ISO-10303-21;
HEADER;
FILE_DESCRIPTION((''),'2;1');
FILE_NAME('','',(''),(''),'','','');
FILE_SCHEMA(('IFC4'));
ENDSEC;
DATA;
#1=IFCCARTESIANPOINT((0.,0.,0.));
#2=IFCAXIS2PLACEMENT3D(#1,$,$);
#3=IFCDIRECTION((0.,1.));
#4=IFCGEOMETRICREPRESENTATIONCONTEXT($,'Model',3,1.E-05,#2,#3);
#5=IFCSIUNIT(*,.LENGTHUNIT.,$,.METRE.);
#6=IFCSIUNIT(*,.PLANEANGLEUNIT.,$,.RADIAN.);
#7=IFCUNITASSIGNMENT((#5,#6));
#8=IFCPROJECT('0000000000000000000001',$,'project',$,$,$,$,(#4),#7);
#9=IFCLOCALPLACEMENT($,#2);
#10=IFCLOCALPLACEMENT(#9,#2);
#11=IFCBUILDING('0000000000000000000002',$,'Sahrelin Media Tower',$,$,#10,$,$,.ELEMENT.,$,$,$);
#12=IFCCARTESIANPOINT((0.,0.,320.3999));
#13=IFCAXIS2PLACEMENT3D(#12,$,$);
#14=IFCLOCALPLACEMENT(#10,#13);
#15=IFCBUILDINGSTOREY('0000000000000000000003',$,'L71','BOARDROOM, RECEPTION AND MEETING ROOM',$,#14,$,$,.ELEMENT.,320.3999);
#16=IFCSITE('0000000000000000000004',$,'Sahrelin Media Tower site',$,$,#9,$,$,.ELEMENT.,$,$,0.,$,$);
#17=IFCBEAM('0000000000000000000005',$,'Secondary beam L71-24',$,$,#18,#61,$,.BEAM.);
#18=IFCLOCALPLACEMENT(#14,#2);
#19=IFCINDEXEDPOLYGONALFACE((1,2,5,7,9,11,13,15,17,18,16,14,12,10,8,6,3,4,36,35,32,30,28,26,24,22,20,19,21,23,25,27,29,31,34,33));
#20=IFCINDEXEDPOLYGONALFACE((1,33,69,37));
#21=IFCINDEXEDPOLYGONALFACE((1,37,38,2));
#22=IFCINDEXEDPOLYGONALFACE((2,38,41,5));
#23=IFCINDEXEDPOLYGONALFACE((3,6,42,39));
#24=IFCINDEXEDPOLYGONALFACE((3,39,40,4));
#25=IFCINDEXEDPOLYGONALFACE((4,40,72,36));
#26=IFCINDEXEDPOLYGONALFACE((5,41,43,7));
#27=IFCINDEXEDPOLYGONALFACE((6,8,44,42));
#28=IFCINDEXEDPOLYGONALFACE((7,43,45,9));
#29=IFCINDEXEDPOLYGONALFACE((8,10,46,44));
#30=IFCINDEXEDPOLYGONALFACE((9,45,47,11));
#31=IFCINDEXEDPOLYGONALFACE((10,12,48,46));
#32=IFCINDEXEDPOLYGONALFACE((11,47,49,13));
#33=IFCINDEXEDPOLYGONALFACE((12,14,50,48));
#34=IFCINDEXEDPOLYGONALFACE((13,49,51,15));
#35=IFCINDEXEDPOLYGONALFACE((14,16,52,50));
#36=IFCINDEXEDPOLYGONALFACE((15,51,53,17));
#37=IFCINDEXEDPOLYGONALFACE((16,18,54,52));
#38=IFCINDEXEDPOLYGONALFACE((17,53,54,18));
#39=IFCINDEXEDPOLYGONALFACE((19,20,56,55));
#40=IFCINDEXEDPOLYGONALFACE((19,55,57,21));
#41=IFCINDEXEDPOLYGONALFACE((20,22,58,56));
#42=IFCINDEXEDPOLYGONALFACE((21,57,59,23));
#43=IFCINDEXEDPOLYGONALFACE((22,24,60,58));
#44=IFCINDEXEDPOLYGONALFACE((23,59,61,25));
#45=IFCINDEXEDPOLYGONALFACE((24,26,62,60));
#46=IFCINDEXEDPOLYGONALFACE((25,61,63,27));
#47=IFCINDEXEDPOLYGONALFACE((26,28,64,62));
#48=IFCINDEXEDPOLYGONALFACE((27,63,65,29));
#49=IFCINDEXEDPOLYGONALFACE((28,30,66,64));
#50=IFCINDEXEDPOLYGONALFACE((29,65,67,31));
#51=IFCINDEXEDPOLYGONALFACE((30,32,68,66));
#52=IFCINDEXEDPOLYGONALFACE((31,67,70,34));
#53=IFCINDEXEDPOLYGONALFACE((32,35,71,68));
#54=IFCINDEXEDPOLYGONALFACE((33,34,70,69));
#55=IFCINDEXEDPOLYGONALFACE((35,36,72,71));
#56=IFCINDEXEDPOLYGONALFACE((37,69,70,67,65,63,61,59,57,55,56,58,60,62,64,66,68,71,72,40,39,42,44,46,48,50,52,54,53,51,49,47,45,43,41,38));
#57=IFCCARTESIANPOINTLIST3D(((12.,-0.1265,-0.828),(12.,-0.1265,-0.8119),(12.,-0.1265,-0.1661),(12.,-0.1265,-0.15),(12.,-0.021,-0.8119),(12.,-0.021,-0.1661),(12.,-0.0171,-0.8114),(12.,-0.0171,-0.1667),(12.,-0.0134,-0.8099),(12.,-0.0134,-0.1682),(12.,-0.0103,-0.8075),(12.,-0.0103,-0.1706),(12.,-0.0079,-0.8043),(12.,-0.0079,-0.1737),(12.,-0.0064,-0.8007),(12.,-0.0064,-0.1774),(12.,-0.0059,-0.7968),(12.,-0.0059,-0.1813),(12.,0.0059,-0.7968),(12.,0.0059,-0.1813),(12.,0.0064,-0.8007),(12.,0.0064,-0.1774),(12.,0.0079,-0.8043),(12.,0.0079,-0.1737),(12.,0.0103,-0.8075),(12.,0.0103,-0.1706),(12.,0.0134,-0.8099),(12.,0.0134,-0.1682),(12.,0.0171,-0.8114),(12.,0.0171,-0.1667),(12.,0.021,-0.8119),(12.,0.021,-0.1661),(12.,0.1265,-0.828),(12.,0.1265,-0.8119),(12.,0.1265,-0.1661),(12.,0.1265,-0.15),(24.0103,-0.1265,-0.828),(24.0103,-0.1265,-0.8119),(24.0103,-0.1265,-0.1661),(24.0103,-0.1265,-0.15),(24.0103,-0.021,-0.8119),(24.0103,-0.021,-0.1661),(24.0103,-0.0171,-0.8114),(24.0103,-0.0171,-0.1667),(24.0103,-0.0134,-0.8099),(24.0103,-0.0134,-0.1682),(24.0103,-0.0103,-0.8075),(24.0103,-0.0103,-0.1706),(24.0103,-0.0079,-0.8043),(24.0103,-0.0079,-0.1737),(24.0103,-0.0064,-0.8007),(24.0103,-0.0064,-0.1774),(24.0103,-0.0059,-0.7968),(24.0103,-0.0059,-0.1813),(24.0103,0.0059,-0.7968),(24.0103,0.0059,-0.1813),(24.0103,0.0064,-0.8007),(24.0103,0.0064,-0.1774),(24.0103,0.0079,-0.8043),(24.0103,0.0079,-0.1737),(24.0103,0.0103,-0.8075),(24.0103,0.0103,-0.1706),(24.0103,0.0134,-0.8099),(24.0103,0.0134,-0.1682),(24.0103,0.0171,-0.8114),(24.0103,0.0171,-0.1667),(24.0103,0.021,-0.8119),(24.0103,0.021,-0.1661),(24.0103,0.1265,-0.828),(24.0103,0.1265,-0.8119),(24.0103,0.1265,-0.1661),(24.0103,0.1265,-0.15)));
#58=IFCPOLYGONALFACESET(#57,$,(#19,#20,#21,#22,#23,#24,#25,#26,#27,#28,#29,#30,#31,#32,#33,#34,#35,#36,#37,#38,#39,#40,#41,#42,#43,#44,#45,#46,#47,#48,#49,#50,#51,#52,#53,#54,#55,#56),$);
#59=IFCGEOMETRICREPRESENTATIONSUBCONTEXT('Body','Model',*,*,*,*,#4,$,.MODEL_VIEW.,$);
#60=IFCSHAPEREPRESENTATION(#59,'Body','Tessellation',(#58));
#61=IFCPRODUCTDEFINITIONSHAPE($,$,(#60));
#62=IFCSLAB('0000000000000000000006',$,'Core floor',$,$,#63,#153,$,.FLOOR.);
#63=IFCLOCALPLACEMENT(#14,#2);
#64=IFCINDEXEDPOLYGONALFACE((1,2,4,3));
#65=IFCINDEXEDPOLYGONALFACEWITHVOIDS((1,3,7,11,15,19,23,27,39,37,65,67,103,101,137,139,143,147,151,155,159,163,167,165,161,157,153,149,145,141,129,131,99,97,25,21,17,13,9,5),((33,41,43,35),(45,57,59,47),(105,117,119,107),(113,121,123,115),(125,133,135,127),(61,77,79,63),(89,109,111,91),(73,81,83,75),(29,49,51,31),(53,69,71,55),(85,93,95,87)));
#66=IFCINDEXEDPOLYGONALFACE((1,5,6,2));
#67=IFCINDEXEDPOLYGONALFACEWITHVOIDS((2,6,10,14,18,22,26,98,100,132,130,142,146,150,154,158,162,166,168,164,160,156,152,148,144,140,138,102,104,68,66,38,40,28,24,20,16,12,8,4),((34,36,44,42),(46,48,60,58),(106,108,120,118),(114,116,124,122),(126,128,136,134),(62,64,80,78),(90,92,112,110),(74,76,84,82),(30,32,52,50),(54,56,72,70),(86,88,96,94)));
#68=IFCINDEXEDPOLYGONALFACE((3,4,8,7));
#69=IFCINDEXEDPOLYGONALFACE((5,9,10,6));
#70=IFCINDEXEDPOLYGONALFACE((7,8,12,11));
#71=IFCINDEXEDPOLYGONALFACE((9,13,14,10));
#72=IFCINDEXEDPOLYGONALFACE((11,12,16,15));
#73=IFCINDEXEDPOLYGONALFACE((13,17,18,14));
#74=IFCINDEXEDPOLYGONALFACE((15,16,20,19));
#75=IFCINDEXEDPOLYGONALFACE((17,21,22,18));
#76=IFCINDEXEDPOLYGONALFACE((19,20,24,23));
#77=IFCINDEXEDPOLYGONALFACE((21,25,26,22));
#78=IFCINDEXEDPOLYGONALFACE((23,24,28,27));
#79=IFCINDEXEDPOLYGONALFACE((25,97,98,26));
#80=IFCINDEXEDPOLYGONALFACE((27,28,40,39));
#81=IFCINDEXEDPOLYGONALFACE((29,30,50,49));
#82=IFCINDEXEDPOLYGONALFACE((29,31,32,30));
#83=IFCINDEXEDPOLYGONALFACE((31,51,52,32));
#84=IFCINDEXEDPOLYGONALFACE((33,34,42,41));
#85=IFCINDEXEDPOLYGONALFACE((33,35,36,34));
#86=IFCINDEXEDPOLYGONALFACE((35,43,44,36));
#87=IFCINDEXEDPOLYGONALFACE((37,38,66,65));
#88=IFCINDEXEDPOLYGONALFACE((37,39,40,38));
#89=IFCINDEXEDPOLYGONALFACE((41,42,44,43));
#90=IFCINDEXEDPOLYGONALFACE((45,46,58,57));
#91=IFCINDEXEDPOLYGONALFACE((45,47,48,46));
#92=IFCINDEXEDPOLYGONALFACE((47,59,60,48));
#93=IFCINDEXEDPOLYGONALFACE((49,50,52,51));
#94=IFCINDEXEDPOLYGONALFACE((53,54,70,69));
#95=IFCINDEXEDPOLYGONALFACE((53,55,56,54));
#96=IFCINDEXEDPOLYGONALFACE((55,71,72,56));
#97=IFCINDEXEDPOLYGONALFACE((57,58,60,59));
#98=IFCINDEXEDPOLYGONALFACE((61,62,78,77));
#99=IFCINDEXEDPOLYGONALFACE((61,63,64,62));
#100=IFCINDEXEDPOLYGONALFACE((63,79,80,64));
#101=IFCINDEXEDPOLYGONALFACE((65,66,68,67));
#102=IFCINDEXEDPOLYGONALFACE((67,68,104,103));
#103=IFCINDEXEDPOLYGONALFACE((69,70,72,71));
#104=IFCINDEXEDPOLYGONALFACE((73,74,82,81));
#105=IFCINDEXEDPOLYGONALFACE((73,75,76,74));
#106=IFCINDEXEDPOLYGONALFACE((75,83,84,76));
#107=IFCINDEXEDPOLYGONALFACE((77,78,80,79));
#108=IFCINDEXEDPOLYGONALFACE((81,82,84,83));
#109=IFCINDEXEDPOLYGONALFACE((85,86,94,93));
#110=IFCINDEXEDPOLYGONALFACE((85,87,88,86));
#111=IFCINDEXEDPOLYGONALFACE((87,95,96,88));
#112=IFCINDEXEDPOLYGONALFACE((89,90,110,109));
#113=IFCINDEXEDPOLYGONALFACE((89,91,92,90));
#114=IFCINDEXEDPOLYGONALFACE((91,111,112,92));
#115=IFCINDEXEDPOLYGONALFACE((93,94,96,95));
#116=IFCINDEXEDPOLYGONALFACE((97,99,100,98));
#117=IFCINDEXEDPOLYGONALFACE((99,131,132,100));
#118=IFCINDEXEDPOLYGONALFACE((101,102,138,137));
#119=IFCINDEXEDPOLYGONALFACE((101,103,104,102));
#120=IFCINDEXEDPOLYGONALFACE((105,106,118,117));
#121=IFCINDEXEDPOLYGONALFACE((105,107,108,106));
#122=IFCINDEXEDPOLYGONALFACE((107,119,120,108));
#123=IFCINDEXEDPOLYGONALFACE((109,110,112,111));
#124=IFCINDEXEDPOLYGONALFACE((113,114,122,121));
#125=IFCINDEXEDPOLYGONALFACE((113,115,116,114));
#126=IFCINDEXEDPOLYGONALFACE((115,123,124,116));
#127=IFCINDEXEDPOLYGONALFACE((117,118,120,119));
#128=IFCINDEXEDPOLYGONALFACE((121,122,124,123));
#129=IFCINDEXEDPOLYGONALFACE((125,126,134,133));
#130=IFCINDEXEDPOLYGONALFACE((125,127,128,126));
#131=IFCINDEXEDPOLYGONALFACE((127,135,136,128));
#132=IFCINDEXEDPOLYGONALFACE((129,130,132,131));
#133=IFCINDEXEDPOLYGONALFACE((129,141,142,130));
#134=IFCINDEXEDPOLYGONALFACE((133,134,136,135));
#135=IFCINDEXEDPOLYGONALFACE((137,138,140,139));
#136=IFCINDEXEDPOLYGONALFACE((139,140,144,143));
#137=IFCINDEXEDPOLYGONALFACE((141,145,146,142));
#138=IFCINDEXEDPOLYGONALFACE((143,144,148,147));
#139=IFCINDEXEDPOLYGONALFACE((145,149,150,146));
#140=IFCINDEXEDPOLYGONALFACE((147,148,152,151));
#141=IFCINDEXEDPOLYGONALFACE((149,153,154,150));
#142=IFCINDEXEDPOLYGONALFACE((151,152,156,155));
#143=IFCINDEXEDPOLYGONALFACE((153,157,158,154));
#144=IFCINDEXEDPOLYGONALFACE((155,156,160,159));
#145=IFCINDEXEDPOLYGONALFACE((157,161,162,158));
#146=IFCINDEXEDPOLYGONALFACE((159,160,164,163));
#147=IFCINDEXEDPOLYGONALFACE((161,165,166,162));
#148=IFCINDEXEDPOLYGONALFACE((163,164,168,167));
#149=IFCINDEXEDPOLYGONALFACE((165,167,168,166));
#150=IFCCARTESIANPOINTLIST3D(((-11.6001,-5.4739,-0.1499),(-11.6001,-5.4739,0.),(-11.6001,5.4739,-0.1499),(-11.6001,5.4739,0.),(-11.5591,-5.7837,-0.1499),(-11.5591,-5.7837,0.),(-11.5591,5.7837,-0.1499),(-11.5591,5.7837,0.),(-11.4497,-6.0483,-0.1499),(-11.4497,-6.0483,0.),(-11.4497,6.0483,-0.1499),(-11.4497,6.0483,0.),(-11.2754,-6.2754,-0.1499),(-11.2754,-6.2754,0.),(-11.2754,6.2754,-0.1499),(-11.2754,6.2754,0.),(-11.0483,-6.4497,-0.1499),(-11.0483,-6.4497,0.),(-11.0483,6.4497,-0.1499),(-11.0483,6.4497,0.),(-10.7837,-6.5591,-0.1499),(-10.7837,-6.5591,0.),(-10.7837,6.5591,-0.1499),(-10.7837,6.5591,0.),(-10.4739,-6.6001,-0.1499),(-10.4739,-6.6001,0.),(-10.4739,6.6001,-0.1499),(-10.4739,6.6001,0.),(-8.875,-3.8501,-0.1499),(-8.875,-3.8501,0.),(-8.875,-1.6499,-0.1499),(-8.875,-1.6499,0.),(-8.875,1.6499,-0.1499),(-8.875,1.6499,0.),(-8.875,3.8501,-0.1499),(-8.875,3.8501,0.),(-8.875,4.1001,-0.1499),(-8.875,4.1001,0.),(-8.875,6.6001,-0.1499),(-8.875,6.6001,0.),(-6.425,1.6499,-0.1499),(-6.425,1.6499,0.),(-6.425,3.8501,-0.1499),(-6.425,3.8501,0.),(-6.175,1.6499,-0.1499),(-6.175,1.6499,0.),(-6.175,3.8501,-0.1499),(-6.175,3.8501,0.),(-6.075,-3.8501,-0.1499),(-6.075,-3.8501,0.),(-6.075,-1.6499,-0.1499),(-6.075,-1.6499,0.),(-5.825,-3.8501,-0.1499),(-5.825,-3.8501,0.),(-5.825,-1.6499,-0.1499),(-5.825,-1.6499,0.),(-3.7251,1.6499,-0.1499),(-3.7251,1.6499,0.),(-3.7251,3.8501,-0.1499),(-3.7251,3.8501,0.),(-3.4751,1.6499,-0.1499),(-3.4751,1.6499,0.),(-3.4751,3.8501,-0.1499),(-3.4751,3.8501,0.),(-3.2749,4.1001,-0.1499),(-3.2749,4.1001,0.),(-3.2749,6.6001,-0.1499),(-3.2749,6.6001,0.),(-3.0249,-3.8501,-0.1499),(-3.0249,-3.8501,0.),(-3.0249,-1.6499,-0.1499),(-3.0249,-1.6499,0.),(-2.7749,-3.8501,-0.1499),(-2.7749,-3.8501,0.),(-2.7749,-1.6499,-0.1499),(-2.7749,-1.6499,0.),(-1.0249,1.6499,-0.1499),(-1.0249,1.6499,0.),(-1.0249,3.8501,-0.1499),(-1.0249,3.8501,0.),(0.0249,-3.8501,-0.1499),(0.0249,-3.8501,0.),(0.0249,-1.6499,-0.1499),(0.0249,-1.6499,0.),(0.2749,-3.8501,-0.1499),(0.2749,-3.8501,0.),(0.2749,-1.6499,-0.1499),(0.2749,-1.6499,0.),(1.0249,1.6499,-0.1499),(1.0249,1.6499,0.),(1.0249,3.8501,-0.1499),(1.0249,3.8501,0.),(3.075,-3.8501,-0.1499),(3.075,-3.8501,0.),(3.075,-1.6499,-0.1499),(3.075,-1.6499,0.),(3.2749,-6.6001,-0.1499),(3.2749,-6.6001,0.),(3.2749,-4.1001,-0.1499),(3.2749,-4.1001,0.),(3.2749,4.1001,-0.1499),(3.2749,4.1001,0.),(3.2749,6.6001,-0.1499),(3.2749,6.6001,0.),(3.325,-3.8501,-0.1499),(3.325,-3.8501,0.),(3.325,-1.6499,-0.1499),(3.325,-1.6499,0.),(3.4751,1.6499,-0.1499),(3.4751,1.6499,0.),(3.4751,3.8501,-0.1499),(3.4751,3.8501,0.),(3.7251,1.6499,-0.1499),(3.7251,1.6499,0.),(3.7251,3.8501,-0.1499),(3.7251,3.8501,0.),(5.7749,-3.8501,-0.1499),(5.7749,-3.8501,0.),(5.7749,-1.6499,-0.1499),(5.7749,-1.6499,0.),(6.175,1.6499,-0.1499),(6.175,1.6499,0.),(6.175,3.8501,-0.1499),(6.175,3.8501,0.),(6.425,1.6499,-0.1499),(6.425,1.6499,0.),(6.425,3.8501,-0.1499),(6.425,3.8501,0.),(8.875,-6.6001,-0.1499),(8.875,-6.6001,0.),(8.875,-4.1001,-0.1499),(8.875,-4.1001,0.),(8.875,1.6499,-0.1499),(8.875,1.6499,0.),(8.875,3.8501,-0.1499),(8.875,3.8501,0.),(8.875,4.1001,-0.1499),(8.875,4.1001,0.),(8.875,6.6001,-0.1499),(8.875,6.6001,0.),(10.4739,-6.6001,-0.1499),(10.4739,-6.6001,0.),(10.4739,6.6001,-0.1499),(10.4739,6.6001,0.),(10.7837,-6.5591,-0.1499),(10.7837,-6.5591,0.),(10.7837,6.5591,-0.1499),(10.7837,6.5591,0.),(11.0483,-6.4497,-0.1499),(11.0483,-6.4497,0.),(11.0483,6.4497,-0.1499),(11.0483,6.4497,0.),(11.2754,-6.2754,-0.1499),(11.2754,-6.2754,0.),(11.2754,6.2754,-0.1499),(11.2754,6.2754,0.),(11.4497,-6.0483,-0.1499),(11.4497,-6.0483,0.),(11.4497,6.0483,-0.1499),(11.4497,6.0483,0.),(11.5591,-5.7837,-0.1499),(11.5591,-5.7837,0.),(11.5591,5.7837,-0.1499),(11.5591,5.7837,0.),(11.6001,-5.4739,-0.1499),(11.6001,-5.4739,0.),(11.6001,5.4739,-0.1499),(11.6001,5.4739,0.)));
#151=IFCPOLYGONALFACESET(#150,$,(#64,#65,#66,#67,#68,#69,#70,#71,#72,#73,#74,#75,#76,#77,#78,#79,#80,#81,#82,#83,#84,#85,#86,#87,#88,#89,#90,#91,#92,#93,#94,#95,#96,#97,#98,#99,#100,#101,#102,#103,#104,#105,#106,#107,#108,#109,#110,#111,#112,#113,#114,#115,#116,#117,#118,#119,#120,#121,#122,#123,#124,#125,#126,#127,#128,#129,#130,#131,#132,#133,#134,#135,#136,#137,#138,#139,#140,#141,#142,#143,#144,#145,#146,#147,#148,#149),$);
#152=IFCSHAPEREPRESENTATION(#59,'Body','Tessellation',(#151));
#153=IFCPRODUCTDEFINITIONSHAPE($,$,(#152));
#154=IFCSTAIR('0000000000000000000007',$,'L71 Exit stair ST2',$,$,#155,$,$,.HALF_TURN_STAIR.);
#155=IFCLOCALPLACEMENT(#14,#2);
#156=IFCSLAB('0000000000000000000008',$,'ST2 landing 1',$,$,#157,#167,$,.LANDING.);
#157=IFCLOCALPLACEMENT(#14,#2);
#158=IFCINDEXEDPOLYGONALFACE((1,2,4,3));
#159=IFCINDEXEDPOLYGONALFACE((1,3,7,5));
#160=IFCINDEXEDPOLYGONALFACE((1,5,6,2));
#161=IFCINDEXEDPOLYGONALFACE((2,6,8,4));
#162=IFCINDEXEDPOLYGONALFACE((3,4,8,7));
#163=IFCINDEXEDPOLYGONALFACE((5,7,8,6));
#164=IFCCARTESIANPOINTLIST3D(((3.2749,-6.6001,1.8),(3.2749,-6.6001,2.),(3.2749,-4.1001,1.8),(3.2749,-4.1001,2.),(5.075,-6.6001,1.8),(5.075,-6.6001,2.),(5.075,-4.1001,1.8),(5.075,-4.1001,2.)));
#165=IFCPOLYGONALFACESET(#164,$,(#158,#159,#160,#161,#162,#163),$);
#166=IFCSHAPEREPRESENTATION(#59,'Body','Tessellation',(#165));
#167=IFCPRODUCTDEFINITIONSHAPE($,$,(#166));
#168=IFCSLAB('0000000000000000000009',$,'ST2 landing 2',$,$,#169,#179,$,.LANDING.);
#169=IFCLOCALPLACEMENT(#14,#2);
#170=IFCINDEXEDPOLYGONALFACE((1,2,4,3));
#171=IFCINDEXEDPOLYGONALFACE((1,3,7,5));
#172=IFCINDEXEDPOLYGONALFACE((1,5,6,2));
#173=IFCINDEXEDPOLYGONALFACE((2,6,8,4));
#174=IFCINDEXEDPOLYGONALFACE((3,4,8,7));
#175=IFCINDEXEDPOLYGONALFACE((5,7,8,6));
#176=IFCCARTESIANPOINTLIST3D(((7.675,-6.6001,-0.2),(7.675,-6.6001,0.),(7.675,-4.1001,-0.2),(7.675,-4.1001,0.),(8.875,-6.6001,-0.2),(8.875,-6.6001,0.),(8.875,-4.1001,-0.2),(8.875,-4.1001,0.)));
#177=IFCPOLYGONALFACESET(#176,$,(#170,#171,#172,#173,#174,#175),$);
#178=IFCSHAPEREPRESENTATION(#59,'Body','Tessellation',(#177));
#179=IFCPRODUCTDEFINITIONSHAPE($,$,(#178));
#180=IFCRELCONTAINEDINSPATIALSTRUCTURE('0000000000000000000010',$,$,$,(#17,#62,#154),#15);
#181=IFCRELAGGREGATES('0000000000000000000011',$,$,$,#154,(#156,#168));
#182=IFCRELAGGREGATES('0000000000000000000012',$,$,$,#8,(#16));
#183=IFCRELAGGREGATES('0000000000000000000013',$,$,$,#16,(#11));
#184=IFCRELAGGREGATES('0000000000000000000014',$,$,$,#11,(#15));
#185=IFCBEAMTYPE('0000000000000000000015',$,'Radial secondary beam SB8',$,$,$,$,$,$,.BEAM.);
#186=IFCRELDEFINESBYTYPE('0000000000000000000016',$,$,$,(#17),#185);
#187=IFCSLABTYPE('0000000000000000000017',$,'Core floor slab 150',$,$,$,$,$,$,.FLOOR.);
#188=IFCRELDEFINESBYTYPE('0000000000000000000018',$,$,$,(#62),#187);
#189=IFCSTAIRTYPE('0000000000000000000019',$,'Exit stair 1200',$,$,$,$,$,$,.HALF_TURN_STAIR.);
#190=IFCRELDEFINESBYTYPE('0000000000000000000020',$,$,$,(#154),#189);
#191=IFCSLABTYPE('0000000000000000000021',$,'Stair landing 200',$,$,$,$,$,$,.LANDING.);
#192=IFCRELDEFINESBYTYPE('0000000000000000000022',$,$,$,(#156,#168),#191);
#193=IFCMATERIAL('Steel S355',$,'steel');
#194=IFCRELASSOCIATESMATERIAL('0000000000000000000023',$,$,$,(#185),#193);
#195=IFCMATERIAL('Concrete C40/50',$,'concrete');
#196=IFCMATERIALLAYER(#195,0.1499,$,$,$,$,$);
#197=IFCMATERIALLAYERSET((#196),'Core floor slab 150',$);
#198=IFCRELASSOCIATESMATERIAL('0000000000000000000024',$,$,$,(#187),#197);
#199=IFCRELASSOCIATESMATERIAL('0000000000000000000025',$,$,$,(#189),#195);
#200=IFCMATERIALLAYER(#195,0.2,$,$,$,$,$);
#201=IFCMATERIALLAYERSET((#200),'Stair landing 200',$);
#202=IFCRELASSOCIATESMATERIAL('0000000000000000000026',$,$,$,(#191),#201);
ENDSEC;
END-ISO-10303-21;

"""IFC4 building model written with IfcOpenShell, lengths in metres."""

from ifc_helpers import new_model, si_unit, direction, frame, origin, origin_2d, place, context, subcontext, project, spatial, polyline, i_section, outline, extrude, material, layer, layer_set, material_profile, profile_set, type_object, element, aggregate, save


model = new_model("IFC4")

# Units and contexts
model_context = context("Model", 3, precision=1e-05, world=origin(), true_north=direction((0.0, 1.0)))
body_context = subcontext(model_context, "Body", "Model", "MODEL_VIEW")
ifc_project = project(units=[si_unit("LENGTHUNIT", "METRE"), si_unit("PLANEANGLEUNIT", "RADIAN")], contexts=[model_context])

# Site, building, storey
site_placement = place(None, origin())
site = spatial("IfcSite", under=ifc_project, at=site_placement, Name="Sahrelin Media Tower site", CompositionType="ELEMENT", RefElevation=0.0)
building_placement = place(site_placement, origin())
building = spatial("IfcBuilding", under=site, at=building_placement, Name="Sahrelin Media Tower", CompositionType="ELEMENT")
storey_placement = place(building_placement, frame((0.0, 0.0, 320.3999)))
storey = spatial("IfcBuildingStorey", under=building, at=storey_placement, Name="L71", Description="BOARDROOM, RECEPTION AND MEETING ROOM", CompositionType="ELEMENT", Elevation=320.3999)

# Beam
ifc_material_1 = material(Name="Steel S355", Category="steel")
ifc_material_profile_1 = material_profile(ifc_material_1, i_section(OverallWidth=0.2529, OverallDepth=0.678, WebThickness=0.0117, FlangeThickness=0.0161, FilletRadius=0.0151, at=origin_2d()), Name="UB 686x254x125")
ifc_profile_set_1 = profile_set([ifc_material_profile_1], Name="Steel S355")
beam_type_1 = type_object("IfcBeamType", Name="Radial secondary beam SB8", PredefinedType="BEAM", material=ifc_profile_set_1)
beam_1_placement = place(storey_placement, frame((12.0, 0.0, -0.489), z_axis=(1.0, 0.0, 0.0), x_axis=(0.0, 1.0, 0.0)))
element("IfcBeam", 1, at=beam_1_placement, inside=storey, type_object=beam_type_1, Name="Secondary beam L71-24", PredefinedType="BEAM", context=body_context, shape_type="SweptSolid", body=[
    extrude(i_section(OverallWidth=0.2529, OverallDepth=0.678, WebThickness=0.0117, FlangeThickness=0.0161, FilletRadius=0.0151, at=origin_2d()), origin(), (0.0, 0.0, 1.0), 12.0103),
])

# Slab
ifc_material_2 = material(Name="Concrete C40/50", Category="concrete")
ifc_layer_1 = layer(ifc_material_2, 0.1499)
ifc_layer_set_1 = layer_set([ifc_layer_1], Name="Core floor slab 150")
slab_type_1 = type_object("IfcSlabType", Name="Core floor slab 150", PredefinedType="FLOOR", material=ifc_layer_set_1)
slab_1_placement = place(storey_placement, frame((0.0, 0.0, -0.1499)))
element("IfcSlab", 2, at=slab_1_placement, inside=storey, type_object=slab_type_1, Name="Core floor", PredefinedType="FLOOR", context=body_context, shape_type="SweptSolid", body=[
    extrude(outline(polyline([(-11.6001, -5.4739), (-11.5591, -5.7837), (-11.4497, -6.0483), (-11.2754, -6.2754), (-11.0483, -6.4497), (-10.7837, -6.5591), (-10.4739, -6.6001), (3.2749, -6.6001), (3.2749, -4.1001), (8.875, -4.1001), (8.875, -6.6001), (10.4739, -6.6001), (10.7837, -6.5591), (11.0483, -6.4497), (11.2754, -6.2754), (11.4497, -6.0483), (11.5591, -5.7837), (11.6001, -5.4739), (11.6001, 5.4739), (11.5591, 5.7837), (11.4497, 6.0483), (11.2754, 6.2754), (11.0483, 6.4497), (10.7837, 6.5591), (10.4739, 6.6001), (8.875, 6.6001), (8.875, 4.1001), (3.2749, 4.1001), (3.2749, 6.6001), (-3.2749, 6.6001), (-3.2749, 4.1001), (-8.875, 4.1001), (-8.875, 6.6001), (-10.4739, 6.6001), (-10.7837, 6.5591), (-11.0483, 6.4497), (-11.2754, 6.2754), (-11.4497, 6.0483), (-11.5591, 5.7837), (-11.6001, 5.4739), (-11.6001, -5.4739)]), holes=[polyline([(-8.875, 3.8501), (-8.875, 1.6499), (-6.425, 1.6499), (-6.425, 3.8501), (-8.875, 3.8501)]), polyline([(-3.7251, 3.8501), (-6.175, 3.8501), (-6.175, 1.6499), (-3.7251, 1.6499), (-3.7251, 3.8501)]), polyline([(-1.0249, 1.6499), (-1.0249, 3.8501), (-3.4751, 3.8501), (-3.4751, 1.6499), (-1.0249, 1.6499)]), polyline([(1.0249, 1.6499), (3.4751, 1.6499), (3.4751, 3.8501), (1.0249, 3.8501), (1.0249, 1.6499)]), polyline([(3.7251, 3.8501), (3.7251, 1.6499), (6.175, 1.6499), (6.175, 3.8501), (3.7251, 3.8501)]), polyline([(8.875, 3.8501), (6.425, 3.8501), (6.425, 1.6499), (8.875, 1.6499), (8.875, 3.8501)]), polyline([(-6.075, -3.8501), (-6.075, -1.6499), (-8.875, -1.6499), (-8.875, -3.8501), (-6.075, -3.8501)]), polyline([(-5.825, -3.8501), (-3.0249, -3.8501), (-3.0249, -1.6499), (-5.825, -1.6499), (-5.825, -3.8501)]), polyline([(-2.7749, -1.6499), (-2.7749, -3.8501), (0.0249, -3.8501), (0.0249, -1.6499), (-2.7749, -1.6499)]), polyline([(3.075, -1.6499), (0.2749, -1.6499), (0.2749, -3.8501), (3.075, -3.8501), (3.075, -1.6499)]), polyline([(5.7749, -3.8501), (5.7749, -1.6499), (3.325, -1.6499), (3.325, -3.8501), (5.7749, -3.8501)])]), origin(), (0.0, 0.0, 1.0), 0.1499),
])

# Stair, slabs
stair_type = type_object("IfcStairType", Name="Exit stair 1200", PredefinedType="HALF_TURN_STAIR", material=ifc_material_2)
stair_placement = place(storey_placement, origin())
stair = element("IfcStair", 3, at=stair_placement, inside=storey, type_object=stair_type, Name="L71 Exit stair ST2", PredefinedType="HALF_TURN_STAIR")
ifc_layer_2 = layer(ifc_material_2, 0.2)
ifc_layer_set_2 = layer_set([ifc_layer_2], Name="Stair landing 200")
slab_type_2 = type_object("IfcSlabType", Name="Stair landing 200", PredefinedType="LANDING", material=ifc_layer_set_2)
slab_2_placement = place(storey_placement, frame((0.0, 0.0, 1.8)))
slab_2 = element("IfcSlab", 4, at=slab_2_placement, type_object=slab_type_2, Name="ST2 landing 1", PredefinedType="LANDING", context=body_context, shape_type="SweptSolid", body=[
    extrude(outline(polyline([(5.075, -4.1001), (3.2749, -4.1001), (3.2749, -6.6001), (5.075, -6.6001), (5.075, -4.1001)])), origin(), (0.0, 0.0, 1.0), 0.2),
])
slab_3_placement = place(storey_placement, frame((0.0, 0.0, -0.2)))
slab_3 = element("IfcSlab", 5, at=slab_3_placement, type_object=slab_type_2, Name="ST2 landing 2", PredefinedType="LANDING", context=body_context, shape_type="SweptSolid", body=[
    extrude(outline(polyline([(8.875, -4.1001), (7.675, -4.1001), (7.675, -6.6001), (8.875, -6.6001), (8.875, -4.1001)])), origin(), (0.0, 0.0, 1.0), 0.2),
])
aggregate(stair, [slab_2, slab_3])

save(model, "model.ifc")
